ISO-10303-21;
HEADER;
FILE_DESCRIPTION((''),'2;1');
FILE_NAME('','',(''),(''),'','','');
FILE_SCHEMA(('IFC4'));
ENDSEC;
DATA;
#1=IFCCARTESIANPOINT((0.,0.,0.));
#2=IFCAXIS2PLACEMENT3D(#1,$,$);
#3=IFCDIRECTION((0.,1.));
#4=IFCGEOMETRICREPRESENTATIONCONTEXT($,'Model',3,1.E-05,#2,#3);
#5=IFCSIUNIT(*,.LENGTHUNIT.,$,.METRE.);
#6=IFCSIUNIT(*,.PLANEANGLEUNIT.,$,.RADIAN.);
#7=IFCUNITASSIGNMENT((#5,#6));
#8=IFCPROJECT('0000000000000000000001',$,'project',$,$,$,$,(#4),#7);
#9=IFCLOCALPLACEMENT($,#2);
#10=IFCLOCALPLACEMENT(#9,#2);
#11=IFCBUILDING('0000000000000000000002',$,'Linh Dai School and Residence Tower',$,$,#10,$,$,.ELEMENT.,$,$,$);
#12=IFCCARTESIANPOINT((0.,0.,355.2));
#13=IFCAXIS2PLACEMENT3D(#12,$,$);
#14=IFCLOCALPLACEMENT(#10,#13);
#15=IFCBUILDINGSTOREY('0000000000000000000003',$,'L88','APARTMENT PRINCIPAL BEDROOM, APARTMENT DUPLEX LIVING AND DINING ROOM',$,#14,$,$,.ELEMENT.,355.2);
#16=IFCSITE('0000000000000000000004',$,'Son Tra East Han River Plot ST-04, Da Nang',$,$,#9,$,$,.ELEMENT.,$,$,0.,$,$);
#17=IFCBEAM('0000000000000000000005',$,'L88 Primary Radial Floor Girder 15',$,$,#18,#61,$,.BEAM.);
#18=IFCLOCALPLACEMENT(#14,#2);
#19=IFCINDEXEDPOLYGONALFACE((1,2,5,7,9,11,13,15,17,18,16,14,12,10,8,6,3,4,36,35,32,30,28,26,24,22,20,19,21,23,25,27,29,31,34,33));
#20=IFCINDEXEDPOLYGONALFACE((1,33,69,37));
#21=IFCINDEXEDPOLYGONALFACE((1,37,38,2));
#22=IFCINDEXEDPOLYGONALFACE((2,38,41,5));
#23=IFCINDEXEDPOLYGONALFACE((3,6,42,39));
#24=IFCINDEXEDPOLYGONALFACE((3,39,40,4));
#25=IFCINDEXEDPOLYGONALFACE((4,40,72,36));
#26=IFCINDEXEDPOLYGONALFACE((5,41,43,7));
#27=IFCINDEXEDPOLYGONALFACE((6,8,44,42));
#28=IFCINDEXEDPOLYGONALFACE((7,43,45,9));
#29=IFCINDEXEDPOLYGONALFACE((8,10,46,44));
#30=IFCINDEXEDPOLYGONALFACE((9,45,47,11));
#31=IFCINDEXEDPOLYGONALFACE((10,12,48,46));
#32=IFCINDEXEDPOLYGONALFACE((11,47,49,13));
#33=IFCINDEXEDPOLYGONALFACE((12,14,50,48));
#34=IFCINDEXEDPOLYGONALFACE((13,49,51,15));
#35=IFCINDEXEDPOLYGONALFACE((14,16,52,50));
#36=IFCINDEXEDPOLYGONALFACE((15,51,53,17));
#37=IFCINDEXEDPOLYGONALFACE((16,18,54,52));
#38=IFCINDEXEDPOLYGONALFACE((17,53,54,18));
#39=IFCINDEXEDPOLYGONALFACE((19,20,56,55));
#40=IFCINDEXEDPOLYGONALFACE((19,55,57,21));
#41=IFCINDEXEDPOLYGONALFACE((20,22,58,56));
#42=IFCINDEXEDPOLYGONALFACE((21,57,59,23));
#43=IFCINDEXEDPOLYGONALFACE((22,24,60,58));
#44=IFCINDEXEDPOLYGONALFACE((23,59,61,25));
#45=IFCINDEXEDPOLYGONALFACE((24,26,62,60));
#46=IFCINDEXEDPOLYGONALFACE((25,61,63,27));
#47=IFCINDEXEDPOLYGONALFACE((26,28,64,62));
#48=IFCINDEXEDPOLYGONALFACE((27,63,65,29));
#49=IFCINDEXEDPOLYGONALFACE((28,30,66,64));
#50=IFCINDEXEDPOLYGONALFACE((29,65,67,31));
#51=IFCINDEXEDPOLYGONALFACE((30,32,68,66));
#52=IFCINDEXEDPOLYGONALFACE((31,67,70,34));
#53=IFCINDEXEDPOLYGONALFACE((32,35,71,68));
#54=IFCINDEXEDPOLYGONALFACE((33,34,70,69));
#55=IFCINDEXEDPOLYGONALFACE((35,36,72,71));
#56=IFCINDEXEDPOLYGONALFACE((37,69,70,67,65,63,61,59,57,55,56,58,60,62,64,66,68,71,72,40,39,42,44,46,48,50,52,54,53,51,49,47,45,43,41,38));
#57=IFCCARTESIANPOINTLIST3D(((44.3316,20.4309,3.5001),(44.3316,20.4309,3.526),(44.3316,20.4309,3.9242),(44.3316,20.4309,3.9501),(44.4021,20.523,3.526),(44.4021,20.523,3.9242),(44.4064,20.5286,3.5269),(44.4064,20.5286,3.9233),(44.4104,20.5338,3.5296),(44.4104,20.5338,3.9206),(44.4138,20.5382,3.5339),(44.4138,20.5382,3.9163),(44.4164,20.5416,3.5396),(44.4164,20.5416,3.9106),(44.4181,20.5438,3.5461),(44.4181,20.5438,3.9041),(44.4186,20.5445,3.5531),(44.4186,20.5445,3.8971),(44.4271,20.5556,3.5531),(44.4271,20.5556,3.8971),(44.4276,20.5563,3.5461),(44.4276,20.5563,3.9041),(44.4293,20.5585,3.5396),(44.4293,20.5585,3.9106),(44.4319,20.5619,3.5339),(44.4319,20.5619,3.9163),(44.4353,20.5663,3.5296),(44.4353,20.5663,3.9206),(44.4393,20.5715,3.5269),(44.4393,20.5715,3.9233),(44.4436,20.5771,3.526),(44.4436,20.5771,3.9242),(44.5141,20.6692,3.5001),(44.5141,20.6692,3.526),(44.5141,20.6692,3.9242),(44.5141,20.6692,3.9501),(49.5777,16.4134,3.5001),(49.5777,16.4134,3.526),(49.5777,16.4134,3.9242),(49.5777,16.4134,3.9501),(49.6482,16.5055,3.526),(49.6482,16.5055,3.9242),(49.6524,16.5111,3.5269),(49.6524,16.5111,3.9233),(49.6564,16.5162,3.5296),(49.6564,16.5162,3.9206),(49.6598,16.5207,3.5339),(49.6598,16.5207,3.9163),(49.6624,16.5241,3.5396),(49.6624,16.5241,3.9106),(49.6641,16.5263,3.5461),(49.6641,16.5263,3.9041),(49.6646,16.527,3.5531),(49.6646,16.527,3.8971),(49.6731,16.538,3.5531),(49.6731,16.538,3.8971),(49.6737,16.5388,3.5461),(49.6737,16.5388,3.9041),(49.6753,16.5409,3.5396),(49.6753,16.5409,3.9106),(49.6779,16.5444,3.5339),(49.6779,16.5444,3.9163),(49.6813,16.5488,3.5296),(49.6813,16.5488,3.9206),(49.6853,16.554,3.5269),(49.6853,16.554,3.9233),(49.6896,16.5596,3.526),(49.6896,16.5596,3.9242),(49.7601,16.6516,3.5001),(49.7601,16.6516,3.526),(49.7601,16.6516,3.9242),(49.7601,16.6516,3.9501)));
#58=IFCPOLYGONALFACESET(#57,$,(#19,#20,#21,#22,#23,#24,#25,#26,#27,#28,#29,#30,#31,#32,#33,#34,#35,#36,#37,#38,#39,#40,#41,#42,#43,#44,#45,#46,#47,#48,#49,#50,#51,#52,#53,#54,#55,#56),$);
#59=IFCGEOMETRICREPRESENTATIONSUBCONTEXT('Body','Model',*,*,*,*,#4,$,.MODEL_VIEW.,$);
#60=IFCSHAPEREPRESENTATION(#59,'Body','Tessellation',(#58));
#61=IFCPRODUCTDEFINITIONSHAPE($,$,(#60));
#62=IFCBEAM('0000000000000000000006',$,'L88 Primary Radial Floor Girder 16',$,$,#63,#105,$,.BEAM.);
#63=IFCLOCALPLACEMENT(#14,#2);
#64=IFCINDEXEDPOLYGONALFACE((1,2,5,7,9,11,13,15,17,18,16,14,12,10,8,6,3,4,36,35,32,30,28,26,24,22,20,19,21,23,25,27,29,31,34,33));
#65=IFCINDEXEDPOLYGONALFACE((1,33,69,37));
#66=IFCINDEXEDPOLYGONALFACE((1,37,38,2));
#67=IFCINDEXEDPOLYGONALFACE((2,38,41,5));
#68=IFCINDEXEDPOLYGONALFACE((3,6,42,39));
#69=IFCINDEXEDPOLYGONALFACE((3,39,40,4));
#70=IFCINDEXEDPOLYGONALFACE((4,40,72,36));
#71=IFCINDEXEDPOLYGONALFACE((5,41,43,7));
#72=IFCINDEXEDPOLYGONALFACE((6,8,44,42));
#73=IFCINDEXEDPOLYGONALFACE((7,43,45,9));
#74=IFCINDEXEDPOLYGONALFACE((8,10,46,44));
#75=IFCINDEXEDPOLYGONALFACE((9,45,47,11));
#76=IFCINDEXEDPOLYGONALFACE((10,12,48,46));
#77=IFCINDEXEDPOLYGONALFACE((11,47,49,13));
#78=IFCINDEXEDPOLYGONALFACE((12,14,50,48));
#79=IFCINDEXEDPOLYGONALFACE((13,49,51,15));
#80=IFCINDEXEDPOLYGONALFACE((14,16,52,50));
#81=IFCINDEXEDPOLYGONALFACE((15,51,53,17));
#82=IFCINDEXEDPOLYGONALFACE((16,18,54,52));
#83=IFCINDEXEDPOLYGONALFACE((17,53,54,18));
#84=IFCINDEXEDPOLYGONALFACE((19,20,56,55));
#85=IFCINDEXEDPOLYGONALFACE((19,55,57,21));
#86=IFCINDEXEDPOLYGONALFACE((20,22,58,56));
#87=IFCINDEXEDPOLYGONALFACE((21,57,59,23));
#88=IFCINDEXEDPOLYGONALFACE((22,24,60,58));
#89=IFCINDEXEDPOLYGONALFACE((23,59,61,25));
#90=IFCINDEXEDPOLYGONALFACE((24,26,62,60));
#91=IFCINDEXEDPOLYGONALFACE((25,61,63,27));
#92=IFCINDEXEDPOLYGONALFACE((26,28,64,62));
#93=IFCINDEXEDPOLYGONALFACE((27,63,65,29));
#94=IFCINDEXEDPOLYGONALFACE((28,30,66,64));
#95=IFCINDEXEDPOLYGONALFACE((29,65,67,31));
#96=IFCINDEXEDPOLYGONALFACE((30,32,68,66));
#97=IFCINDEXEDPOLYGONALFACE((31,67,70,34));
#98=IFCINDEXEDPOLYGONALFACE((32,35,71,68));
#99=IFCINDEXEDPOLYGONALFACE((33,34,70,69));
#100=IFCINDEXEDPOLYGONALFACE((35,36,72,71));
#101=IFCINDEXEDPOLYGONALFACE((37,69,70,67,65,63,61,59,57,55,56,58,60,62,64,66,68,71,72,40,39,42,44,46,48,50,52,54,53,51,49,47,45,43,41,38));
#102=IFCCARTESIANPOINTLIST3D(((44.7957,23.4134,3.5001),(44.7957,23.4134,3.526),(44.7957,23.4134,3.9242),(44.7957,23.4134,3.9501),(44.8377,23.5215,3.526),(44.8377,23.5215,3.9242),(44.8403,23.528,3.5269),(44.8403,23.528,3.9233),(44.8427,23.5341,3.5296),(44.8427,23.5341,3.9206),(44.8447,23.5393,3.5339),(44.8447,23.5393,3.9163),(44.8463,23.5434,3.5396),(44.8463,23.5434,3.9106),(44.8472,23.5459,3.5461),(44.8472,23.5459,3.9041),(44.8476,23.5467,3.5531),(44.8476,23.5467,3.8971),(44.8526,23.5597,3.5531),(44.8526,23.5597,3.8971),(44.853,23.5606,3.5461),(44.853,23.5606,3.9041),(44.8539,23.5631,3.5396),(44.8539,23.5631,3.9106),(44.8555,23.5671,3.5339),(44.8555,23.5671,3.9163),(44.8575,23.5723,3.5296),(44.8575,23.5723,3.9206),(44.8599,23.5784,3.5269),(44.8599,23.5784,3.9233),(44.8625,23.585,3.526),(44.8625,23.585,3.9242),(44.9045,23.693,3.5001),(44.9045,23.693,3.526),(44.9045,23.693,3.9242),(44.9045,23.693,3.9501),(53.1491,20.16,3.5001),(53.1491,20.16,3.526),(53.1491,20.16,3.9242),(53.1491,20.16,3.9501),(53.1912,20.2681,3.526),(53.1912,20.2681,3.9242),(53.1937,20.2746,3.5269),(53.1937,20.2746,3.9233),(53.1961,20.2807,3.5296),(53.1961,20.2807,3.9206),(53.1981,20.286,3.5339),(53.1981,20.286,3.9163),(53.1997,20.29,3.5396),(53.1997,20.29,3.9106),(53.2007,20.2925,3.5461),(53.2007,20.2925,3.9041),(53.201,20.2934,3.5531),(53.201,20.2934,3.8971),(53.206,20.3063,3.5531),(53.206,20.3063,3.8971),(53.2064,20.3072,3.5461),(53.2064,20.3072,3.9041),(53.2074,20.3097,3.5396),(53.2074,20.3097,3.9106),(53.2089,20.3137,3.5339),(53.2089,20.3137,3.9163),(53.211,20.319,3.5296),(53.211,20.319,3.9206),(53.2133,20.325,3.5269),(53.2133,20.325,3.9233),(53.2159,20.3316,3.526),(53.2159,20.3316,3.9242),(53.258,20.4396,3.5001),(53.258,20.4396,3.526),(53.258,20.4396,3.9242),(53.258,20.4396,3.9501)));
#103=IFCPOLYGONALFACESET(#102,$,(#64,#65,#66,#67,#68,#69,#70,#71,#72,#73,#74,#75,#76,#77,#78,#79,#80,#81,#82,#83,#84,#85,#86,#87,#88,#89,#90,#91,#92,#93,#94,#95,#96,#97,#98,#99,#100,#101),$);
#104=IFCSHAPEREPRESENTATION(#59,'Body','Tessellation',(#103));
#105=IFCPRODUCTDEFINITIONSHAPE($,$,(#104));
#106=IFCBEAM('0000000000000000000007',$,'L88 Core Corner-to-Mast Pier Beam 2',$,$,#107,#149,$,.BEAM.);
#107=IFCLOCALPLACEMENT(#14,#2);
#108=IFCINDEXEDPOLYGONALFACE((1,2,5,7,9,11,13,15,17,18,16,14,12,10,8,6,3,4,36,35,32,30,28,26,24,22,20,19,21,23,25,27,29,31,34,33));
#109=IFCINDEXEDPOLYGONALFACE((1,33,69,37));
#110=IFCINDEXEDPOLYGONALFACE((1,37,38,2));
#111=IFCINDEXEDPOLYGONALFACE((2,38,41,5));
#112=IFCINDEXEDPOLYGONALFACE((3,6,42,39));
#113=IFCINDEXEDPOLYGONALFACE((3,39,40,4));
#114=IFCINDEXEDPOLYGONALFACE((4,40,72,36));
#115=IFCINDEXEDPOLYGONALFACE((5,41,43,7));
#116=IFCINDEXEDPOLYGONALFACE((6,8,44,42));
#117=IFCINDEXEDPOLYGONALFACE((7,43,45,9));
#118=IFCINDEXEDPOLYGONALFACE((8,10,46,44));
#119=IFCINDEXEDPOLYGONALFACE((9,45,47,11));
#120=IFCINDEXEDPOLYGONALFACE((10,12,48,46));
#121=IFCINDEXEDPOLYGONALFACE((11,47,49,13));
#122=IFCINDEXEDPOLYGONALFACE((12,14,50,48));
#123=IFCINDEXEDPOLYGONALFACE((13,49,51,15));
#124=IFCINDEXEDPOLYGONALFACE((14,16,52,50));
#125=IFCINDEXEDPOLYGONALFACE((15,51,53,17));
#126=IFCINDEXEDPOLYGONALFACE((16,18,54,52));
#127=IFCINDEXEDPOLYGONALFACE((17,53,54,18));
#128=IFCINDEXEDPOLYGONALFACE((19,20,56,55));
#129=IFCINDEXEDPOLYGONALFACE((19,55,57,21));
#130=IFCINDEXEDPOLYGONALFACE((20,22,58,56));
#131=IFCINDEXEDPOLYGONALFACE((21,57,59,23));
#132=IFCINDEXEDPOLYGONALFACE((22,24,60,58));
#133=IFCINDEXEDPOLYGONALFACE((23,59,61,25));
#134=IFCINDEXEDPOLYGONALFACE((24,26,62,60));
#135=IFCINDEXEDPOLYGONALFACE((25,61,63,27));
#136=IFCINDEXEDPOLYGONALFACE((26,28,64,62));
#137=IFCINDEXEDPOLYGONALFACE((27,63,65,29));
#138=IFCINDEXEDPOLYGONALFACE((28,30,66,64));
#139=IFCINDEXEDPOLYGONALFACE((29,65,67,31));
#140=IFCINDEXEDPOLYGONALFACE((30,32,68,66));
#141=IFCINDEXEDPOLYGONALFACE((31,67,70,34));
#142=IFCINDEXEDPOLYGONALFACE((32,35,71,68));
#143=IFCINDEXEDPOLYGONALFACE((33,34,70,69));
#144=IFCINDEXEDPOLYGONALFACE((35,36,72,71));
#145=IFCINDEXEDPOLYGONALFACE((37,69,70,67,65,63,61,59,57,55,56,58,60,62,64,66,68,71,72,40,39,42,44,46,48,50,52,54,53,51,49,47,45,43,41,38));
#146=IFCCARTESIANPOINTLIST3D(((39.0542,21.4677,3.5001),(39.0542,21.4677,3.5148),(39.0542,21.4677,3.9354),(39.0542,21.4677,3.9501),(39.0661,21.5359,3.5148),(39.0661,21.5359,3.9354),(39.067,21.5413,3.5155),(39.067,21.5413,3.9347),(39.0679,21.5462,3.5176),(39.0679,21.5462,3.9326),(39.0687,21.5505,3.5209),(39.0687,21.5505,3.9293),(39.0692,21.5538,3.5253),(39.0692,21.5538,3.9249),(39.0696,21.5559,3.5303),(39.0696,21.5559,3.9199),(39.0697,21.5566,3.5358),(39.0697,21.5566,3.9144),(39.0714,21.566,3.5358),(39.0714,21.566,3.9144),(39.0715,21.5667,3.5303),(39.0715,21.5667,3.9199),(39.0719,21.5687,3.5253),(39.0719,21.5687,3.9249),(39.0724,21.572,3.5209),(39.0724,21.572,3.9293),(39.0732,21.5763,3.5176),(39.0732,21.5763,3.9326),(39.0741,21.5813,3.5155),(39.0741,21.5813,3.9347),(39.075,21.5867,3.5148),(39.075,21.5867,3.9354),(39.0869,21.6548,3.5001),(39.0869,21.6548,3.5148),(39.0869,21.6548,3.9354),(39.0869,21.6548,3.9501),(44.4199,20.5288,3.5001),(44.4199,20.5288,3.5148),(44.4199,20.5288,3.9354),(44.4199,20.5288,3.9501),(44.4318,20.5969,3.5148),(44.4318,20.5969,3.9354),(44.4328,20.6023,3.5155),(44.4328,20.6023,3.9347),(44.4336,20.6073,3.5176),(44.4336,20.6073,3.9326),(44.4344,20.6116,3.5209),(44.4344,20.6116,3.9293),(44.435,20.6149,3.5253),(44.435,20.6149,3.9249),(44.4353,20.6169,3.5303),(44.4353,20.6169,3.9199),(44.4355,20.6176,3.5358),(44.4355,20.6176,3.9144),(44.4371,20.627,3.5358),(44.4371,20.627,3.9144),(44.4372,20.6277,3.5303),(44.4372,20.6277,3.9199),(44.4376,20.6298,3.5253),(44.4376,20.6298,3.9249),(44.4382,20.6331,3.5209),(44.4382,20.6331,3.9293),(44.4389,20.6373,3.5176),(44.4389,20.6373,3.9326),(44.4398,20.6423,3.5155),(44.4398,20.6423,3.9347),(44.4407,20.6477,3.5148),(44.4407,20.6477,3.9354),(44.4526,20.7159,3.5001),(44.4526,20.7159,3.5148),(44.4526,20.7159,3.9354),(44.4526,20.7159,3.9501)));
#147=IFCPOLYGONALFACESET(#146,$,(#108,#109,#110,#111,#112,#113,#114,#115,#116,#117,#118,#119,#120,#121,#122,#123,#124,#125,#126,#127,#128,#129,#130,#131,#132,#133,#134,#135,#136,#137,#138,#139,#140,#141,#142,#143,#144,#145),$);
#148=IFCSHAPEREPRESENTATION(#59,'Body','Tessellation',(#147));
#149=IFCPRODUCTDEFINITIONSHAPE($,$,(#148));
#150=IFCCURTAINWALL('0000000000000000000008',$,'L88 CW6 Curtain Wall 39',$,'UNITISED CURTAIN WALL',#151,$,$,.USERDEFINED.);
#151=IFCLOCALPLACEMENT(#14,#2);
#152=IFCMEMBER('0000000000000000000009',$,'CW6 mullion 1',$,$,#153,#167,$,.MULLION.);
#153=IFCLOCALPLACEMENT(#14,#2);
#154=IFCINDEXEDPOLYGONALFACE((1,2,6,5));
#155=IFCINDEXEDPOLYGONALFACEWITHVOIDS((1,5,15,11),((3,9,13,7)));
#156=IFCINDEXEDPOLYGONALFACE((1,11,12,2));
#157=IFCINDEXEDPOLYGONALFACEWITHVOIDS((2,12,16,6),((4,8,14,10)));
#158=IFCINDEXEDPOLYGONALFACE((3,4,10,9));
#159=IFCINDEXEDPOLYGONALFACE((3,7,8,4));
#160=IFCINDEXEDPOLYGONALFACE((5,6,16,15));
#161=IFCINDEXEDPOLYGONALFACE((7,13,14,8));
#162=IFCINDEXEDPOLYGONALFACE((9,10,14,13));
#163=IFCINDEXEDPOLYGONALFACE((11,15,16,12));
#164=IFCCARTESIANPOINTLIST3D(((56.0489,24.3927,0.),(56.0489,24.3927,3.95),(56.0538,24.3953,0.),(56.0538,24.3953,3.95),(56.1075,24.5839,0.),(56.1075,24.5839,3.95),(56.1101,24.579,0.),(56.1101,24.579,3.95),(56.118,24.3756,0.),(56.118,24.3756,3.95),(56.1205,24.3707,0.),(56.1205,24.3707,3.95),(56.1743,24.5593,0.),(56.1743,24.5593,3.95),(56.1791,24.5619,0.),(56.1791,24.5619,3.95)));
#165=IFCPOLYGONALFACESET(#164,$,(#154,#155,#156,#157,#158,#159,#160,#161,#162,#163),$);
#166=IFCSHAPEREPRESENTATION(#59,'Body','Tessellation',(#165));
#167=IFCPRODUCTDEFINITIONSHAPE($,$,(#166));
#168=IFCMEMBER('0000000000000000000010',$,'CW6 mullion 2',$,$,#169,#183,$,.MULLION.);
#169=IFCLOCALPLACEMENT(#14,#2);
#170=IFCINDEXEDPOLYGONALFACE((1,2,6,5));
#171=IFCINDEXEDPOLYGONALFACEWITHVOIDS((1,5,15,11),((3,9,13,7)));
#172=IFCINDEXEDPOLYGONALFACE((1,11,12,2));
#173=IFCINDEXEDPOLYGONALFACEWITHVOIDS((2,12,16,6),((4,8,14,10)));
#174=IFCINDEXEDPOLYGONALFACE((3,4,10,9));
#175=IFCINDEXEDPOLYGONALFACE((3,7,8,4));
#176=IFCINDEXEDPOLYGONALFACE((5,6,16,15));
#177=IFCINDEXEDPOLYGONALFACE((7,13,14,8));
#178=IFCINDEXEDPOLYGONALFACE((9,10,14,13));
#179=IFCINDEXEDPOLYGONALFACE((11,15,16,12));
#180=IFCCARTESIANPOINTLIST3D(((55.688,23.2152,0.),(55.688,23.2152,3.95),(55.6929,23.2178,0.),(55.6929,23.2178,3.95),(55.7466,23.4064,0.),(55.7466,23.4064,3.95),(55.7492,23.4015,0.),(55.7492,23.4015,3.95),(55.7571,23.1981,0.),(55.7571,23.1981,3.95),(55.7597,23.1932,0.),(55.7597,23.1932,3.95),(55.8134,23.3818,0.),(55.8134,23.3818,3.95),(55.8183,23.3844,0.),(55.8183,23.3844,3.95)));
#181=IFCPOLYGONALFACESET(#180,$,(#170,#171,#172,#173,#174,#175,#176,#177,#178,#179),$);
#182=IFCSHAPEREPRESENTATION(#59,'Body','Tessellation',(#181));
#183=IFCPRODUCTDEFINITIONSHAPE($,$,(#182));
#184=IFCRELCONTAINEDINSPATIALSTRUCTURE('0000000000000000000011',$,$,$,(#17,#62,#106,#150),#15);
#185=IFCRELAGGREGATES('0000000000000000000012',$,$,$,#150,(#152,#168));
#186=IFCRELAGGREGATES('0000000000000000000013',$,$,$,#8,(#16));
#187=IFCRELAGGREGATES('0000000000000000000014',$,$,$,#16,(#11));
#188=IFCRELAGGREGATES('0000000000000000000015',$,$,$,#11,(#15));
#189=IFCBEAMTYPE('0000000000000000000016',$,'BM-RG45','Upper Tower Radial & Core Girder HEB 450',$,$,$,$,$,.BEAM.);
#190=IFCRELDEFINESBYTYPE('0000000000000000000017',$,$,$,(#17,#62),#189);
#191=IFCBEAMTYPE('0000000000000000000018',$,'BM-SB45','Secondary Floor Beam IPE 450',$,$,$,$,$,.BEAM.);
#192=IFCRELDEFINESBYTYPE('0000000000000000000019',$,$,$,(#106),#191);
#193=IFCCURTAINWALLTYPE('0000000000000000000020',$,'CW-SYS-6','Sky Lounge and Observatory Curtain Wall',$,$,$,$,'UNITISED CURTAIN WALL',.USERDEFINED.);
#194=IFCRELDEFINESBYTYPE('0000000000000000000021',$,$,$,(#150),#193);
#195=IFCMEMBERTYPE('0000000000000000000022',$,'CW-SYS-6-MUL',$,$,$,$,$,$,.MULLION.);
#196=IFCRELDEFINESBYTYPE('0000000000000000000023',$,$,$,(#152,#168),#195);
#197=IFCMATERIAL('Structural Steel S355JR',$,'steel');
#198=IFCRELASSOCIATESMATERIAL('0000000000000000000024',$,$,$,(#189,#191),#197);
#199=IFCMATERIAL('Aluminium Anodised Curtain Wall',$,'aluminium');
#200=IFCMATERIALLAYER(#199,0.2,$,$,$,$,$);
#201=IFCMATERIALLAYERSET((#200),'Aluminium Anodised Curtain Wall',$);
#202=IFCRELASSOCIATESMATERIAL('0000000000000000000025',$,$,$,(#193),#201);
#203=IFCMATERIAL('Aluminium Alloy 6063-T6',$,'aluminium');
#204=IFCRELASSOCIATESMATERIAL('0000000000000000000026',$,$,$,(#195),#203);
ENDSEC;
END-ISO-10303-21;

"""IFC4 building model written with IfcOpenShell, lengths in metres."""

from ifc_helpers import new_model, si_unit, direction, frame, origin, origin_2d, place, context, subcontext, project, spatial, hollow_rectangle, i_section, extrude, source, transform, mapped, material, layer, layer_set, material_profile, profile_set, type_object, element, aggregate, save


model = new_model("IFC4")

# Units and contexts
model_context = context("Model", 3, precision=1e-05, world=origin(), true_north=direction((0.0, 1.0)))
body_context = subcontext(model_context, "Body", "Model", "MODEL_VIEW")
ifc_project = project(units=[si_unit("LENGTHUNIT", "METRE"), si_unit("PLANEANGLEUNIT", "RADIAN")], contexts=[model_context])

# Site, building, storey
site_placement = place(None, origin())
site = spatial("IfcSite", under=ifc_project, at=site_placement, Name="Son Tra East Han River Plot ST-04, Da Nang", CompositionType="ELEMENT", RefElevation=0.0)
building_placement = place(site_placement, origin())
building = spatial("IfcBuilding", under=site, at=building_placement, Name="Linh Dai School and Residence Tower", CompositionType="ELEMENT")
storey_placement = place(building_placement, frame((0.0, 0.0, 355.2)))
storey = spatial("IfcBuildingStorey", under=building, at=storey_placement, Name="L88", Description="APARTMENT PRINCIPAL BEDROOM, APARTMENT DUPLEX LIVING AND DINING ROOM", CompositionType="ELEMENT", Elevation=355.2)

# Shared definitions
ifc_material_1 = material(Name="Structural Steel S355JR", Category="steel")

# Beams
ifc_material_profile_1 = material_profile(ifc_material_1, i_section(OverallWidth=0.3, OverallDepth=0.45, WebThickness=0.0139, FlangeThickness=0.0259, FilletRadius=0.0271, at=origin_2d()), Name="HEB 450")
ifc_profile_set_1 = profile_set([ifc_material_profile_1], Name="Structural Steel S355JR")
beam_type_1 = type_object("IfcBeamType", Name="BM-RG45", Description="Upper Tower Radial & Core Girder HEB 450", PredefinedType="BEAM", material=ifc_profile_set_1)
beam_1_placement = place(storey_placement, frame((44.4229, 20.55, 3.7251), z_axis=(0.79393, -0.608009, 0.0), x_axis=(0.608009, 0.79393, 0.0)))
element("IfcBeam", 1, at=beam_1_placement, inside=storey, type_object=beam_type_1, Name="L88 Primary Radial Floor Girder 15", PredefinedType="BEAM", context=body_context, shape_type="SweptSolid", body=[
    extrude(i_section(OverallWidth=0.3, OverallDepth=0.45, WebThickness=0.0139, FlangeThickness=0.0259, FilletRadius=0.0271, at=origin_2d()), origin(), (0.0, 0.0, 1.0), 6.6077),
])
beam_2_placement = place(storey_placement, frame((44.8501, 23.5532, 3.7251), z_axis=(0.931823, -0.362914, 0.0), x_axis=(0.362914, 0.931823, 0.0)))
element("IfcBeam", 2, at=beam_2_placement, inside=storey, type_object=beam_type_1, Name="L88 Primary Radial Floor Girder 16", PredefinedType="BEAM", context=body_context, shape_type="SweptSolid", body=[
    extrude(i_section(OverallWidth=0.3, OverallDepth=0.45, WebThickness=0.0139, FlangeThickness=0.0259, FilletRadius=0.0271, at=origin_2d()), origin(), (0.0, 0.0, 1.0), 8.9646),
])
ifc_material_profile_2 = material_profile(ifc_material_1, i_section(OverallWidth=0.1899, OverallDepth=0.45, WebThickness=0.0095, FlangeThickness=0.0146, FilletRadius=0.021, at=origin_2d()), Name="IPE 450")
ifc_profile_set_2 = profile_set([ifc_material_profile_2], Name="Structural Steel S355JR")
beam_type_2 = type_object("IfcBeamType", Name="BM-SB45", Description="Secondary Floor Beam IPE 450", PredefinedType="BEAM", material=ifc_profile_set_2)
beam_3_placement = place(storey_placement, frame((44.4363, 20.6223, 3.7251), z_axis=(-0.985032, 0.172374, 0.0), x_axis=(-0.172374, -0.985032, 0.0)))
element("IfcBeam", 3, at=beam_3_placement, inside=storey, type_object=beam_type_2, Name="L88 Core Corner-to-Mast Pier Beam 2", PredefinedType="BEAM", context=body_context, shape_type="SweptSolid", body=[
    extrude(i_section(OverallWidth=0.1899, OverallDepth=0.45, WebThickness=0.0095, FlangeThickness=0.0146, FilletRadius=0.021, at=origin_2d()), origin(), (0.0, 0.0, 1.0), 5.4473),
])

# Curtain wall, members
ifc_material_2 = material(Name="Aluminium Anodised Curtain Wall", Category="aluminium")
ifc_layer_1 = layer(ifc_material_2, 0.2)
ifc_layer_set_1 = layer_set([ifc_layer_1], Name="Aluminium Anodised Curtain Wall")
curtain_wall_type = type_object("IfcCurtainWallType", Name="CW-SYS-6", Description="Sky Lounge and Observatory Curtain Wall", ElementType="UNITISED CURTAIN WALL", PredefinedType="USERDEFINED", material=ifc_layer_set_1)
curtain_wall_placement = place(storey_placement, origin())
curtain_wall = element("IfcCurtainWall", 4, at=curtain_wall_placement, inside=storey, type_object=curtain_wall_type, Name="L88 CW6 Curtain Wall 39", ObjectType="UNITISED CURTAIN WALL", PredefinedType="USERDEFINED")
ifc_material_3 = material(Name="Aluminium Alloy 6063-T6", Category="aluminium")
ifc_material_profile_3 = material_profile(ifc_material_3, hollow_rectangle(XDim=0.075, YDim=0.2, WallThickness=0.0039, at=origin_2d()), Name="RHS 200x75x4")
ifc_profile_set_3 = profile_set([ifc_material_profile_3], Name="Aluminium Alloy 6063-T6")
member_type_1 = type_object("IfcMemberType", Name="CW-SYS-6-MUL", PredefinedType="MULLION", material=ifc_profile_set_3)
shared_shape_1 = source(origin(), body_context, "Body", "SweptSolid", [
    extrude(hollow_rectangle(XDim=0.075, YDim=0.2, WallThickness=0.0039, at=origin_2d()), origin(), (0.0, 0.0, 1.0), 3.95),
])
member_1_placement = place(storey_placement, frame((56.114, 24.4773, 0.0), z_axis=(0.0, 0.0, 1.0), x_axis=(0.956083, -0.293095, 0.0)))
member_1 = element("IfcMember", 5, at=member_1_placement, type_object=member_type_1, Name="CW6 mullion 1", PredefinedType="MULLION", context=body_context, shape_type="MappedRepresentation", body=[
    mapped(shared_shape_1, transform((0.0, 0.0, 0.0), x_axis=(1.0, 0.0, 0.0), y_axis=(0.0, 1.0, 0.0), z_axis=(0.0, 0.0, 1.0), scale=1.0)),
])
member_2_placement = place(storey_placement, frame((55.7532, 23.2998, 0.0), z_axis=(0.0, 0.0, 1.0), x_axis=(0.956083, -0.293095, 0.0)))
member_2 = element("IfcMember", 6, at=member_2_placement, type_object=member_type_1, Name="CW6 mullion 2", PredefinedType="MULLION", context=body_context, shape_type="MappedRepresentation", body=[
    mapped(shared_shape_1, transform((0.0, 0.0, 0.0), x_axis=(1.0, 0.0, 0.0), y_axis=(0.0, 1.0, 0.0), z_axis=(0.0, 0.0, 1.0), scale=1.0)),
])
aggregate(curtain_wall, [member_1, member_2])

save(model, "model.ifc")
